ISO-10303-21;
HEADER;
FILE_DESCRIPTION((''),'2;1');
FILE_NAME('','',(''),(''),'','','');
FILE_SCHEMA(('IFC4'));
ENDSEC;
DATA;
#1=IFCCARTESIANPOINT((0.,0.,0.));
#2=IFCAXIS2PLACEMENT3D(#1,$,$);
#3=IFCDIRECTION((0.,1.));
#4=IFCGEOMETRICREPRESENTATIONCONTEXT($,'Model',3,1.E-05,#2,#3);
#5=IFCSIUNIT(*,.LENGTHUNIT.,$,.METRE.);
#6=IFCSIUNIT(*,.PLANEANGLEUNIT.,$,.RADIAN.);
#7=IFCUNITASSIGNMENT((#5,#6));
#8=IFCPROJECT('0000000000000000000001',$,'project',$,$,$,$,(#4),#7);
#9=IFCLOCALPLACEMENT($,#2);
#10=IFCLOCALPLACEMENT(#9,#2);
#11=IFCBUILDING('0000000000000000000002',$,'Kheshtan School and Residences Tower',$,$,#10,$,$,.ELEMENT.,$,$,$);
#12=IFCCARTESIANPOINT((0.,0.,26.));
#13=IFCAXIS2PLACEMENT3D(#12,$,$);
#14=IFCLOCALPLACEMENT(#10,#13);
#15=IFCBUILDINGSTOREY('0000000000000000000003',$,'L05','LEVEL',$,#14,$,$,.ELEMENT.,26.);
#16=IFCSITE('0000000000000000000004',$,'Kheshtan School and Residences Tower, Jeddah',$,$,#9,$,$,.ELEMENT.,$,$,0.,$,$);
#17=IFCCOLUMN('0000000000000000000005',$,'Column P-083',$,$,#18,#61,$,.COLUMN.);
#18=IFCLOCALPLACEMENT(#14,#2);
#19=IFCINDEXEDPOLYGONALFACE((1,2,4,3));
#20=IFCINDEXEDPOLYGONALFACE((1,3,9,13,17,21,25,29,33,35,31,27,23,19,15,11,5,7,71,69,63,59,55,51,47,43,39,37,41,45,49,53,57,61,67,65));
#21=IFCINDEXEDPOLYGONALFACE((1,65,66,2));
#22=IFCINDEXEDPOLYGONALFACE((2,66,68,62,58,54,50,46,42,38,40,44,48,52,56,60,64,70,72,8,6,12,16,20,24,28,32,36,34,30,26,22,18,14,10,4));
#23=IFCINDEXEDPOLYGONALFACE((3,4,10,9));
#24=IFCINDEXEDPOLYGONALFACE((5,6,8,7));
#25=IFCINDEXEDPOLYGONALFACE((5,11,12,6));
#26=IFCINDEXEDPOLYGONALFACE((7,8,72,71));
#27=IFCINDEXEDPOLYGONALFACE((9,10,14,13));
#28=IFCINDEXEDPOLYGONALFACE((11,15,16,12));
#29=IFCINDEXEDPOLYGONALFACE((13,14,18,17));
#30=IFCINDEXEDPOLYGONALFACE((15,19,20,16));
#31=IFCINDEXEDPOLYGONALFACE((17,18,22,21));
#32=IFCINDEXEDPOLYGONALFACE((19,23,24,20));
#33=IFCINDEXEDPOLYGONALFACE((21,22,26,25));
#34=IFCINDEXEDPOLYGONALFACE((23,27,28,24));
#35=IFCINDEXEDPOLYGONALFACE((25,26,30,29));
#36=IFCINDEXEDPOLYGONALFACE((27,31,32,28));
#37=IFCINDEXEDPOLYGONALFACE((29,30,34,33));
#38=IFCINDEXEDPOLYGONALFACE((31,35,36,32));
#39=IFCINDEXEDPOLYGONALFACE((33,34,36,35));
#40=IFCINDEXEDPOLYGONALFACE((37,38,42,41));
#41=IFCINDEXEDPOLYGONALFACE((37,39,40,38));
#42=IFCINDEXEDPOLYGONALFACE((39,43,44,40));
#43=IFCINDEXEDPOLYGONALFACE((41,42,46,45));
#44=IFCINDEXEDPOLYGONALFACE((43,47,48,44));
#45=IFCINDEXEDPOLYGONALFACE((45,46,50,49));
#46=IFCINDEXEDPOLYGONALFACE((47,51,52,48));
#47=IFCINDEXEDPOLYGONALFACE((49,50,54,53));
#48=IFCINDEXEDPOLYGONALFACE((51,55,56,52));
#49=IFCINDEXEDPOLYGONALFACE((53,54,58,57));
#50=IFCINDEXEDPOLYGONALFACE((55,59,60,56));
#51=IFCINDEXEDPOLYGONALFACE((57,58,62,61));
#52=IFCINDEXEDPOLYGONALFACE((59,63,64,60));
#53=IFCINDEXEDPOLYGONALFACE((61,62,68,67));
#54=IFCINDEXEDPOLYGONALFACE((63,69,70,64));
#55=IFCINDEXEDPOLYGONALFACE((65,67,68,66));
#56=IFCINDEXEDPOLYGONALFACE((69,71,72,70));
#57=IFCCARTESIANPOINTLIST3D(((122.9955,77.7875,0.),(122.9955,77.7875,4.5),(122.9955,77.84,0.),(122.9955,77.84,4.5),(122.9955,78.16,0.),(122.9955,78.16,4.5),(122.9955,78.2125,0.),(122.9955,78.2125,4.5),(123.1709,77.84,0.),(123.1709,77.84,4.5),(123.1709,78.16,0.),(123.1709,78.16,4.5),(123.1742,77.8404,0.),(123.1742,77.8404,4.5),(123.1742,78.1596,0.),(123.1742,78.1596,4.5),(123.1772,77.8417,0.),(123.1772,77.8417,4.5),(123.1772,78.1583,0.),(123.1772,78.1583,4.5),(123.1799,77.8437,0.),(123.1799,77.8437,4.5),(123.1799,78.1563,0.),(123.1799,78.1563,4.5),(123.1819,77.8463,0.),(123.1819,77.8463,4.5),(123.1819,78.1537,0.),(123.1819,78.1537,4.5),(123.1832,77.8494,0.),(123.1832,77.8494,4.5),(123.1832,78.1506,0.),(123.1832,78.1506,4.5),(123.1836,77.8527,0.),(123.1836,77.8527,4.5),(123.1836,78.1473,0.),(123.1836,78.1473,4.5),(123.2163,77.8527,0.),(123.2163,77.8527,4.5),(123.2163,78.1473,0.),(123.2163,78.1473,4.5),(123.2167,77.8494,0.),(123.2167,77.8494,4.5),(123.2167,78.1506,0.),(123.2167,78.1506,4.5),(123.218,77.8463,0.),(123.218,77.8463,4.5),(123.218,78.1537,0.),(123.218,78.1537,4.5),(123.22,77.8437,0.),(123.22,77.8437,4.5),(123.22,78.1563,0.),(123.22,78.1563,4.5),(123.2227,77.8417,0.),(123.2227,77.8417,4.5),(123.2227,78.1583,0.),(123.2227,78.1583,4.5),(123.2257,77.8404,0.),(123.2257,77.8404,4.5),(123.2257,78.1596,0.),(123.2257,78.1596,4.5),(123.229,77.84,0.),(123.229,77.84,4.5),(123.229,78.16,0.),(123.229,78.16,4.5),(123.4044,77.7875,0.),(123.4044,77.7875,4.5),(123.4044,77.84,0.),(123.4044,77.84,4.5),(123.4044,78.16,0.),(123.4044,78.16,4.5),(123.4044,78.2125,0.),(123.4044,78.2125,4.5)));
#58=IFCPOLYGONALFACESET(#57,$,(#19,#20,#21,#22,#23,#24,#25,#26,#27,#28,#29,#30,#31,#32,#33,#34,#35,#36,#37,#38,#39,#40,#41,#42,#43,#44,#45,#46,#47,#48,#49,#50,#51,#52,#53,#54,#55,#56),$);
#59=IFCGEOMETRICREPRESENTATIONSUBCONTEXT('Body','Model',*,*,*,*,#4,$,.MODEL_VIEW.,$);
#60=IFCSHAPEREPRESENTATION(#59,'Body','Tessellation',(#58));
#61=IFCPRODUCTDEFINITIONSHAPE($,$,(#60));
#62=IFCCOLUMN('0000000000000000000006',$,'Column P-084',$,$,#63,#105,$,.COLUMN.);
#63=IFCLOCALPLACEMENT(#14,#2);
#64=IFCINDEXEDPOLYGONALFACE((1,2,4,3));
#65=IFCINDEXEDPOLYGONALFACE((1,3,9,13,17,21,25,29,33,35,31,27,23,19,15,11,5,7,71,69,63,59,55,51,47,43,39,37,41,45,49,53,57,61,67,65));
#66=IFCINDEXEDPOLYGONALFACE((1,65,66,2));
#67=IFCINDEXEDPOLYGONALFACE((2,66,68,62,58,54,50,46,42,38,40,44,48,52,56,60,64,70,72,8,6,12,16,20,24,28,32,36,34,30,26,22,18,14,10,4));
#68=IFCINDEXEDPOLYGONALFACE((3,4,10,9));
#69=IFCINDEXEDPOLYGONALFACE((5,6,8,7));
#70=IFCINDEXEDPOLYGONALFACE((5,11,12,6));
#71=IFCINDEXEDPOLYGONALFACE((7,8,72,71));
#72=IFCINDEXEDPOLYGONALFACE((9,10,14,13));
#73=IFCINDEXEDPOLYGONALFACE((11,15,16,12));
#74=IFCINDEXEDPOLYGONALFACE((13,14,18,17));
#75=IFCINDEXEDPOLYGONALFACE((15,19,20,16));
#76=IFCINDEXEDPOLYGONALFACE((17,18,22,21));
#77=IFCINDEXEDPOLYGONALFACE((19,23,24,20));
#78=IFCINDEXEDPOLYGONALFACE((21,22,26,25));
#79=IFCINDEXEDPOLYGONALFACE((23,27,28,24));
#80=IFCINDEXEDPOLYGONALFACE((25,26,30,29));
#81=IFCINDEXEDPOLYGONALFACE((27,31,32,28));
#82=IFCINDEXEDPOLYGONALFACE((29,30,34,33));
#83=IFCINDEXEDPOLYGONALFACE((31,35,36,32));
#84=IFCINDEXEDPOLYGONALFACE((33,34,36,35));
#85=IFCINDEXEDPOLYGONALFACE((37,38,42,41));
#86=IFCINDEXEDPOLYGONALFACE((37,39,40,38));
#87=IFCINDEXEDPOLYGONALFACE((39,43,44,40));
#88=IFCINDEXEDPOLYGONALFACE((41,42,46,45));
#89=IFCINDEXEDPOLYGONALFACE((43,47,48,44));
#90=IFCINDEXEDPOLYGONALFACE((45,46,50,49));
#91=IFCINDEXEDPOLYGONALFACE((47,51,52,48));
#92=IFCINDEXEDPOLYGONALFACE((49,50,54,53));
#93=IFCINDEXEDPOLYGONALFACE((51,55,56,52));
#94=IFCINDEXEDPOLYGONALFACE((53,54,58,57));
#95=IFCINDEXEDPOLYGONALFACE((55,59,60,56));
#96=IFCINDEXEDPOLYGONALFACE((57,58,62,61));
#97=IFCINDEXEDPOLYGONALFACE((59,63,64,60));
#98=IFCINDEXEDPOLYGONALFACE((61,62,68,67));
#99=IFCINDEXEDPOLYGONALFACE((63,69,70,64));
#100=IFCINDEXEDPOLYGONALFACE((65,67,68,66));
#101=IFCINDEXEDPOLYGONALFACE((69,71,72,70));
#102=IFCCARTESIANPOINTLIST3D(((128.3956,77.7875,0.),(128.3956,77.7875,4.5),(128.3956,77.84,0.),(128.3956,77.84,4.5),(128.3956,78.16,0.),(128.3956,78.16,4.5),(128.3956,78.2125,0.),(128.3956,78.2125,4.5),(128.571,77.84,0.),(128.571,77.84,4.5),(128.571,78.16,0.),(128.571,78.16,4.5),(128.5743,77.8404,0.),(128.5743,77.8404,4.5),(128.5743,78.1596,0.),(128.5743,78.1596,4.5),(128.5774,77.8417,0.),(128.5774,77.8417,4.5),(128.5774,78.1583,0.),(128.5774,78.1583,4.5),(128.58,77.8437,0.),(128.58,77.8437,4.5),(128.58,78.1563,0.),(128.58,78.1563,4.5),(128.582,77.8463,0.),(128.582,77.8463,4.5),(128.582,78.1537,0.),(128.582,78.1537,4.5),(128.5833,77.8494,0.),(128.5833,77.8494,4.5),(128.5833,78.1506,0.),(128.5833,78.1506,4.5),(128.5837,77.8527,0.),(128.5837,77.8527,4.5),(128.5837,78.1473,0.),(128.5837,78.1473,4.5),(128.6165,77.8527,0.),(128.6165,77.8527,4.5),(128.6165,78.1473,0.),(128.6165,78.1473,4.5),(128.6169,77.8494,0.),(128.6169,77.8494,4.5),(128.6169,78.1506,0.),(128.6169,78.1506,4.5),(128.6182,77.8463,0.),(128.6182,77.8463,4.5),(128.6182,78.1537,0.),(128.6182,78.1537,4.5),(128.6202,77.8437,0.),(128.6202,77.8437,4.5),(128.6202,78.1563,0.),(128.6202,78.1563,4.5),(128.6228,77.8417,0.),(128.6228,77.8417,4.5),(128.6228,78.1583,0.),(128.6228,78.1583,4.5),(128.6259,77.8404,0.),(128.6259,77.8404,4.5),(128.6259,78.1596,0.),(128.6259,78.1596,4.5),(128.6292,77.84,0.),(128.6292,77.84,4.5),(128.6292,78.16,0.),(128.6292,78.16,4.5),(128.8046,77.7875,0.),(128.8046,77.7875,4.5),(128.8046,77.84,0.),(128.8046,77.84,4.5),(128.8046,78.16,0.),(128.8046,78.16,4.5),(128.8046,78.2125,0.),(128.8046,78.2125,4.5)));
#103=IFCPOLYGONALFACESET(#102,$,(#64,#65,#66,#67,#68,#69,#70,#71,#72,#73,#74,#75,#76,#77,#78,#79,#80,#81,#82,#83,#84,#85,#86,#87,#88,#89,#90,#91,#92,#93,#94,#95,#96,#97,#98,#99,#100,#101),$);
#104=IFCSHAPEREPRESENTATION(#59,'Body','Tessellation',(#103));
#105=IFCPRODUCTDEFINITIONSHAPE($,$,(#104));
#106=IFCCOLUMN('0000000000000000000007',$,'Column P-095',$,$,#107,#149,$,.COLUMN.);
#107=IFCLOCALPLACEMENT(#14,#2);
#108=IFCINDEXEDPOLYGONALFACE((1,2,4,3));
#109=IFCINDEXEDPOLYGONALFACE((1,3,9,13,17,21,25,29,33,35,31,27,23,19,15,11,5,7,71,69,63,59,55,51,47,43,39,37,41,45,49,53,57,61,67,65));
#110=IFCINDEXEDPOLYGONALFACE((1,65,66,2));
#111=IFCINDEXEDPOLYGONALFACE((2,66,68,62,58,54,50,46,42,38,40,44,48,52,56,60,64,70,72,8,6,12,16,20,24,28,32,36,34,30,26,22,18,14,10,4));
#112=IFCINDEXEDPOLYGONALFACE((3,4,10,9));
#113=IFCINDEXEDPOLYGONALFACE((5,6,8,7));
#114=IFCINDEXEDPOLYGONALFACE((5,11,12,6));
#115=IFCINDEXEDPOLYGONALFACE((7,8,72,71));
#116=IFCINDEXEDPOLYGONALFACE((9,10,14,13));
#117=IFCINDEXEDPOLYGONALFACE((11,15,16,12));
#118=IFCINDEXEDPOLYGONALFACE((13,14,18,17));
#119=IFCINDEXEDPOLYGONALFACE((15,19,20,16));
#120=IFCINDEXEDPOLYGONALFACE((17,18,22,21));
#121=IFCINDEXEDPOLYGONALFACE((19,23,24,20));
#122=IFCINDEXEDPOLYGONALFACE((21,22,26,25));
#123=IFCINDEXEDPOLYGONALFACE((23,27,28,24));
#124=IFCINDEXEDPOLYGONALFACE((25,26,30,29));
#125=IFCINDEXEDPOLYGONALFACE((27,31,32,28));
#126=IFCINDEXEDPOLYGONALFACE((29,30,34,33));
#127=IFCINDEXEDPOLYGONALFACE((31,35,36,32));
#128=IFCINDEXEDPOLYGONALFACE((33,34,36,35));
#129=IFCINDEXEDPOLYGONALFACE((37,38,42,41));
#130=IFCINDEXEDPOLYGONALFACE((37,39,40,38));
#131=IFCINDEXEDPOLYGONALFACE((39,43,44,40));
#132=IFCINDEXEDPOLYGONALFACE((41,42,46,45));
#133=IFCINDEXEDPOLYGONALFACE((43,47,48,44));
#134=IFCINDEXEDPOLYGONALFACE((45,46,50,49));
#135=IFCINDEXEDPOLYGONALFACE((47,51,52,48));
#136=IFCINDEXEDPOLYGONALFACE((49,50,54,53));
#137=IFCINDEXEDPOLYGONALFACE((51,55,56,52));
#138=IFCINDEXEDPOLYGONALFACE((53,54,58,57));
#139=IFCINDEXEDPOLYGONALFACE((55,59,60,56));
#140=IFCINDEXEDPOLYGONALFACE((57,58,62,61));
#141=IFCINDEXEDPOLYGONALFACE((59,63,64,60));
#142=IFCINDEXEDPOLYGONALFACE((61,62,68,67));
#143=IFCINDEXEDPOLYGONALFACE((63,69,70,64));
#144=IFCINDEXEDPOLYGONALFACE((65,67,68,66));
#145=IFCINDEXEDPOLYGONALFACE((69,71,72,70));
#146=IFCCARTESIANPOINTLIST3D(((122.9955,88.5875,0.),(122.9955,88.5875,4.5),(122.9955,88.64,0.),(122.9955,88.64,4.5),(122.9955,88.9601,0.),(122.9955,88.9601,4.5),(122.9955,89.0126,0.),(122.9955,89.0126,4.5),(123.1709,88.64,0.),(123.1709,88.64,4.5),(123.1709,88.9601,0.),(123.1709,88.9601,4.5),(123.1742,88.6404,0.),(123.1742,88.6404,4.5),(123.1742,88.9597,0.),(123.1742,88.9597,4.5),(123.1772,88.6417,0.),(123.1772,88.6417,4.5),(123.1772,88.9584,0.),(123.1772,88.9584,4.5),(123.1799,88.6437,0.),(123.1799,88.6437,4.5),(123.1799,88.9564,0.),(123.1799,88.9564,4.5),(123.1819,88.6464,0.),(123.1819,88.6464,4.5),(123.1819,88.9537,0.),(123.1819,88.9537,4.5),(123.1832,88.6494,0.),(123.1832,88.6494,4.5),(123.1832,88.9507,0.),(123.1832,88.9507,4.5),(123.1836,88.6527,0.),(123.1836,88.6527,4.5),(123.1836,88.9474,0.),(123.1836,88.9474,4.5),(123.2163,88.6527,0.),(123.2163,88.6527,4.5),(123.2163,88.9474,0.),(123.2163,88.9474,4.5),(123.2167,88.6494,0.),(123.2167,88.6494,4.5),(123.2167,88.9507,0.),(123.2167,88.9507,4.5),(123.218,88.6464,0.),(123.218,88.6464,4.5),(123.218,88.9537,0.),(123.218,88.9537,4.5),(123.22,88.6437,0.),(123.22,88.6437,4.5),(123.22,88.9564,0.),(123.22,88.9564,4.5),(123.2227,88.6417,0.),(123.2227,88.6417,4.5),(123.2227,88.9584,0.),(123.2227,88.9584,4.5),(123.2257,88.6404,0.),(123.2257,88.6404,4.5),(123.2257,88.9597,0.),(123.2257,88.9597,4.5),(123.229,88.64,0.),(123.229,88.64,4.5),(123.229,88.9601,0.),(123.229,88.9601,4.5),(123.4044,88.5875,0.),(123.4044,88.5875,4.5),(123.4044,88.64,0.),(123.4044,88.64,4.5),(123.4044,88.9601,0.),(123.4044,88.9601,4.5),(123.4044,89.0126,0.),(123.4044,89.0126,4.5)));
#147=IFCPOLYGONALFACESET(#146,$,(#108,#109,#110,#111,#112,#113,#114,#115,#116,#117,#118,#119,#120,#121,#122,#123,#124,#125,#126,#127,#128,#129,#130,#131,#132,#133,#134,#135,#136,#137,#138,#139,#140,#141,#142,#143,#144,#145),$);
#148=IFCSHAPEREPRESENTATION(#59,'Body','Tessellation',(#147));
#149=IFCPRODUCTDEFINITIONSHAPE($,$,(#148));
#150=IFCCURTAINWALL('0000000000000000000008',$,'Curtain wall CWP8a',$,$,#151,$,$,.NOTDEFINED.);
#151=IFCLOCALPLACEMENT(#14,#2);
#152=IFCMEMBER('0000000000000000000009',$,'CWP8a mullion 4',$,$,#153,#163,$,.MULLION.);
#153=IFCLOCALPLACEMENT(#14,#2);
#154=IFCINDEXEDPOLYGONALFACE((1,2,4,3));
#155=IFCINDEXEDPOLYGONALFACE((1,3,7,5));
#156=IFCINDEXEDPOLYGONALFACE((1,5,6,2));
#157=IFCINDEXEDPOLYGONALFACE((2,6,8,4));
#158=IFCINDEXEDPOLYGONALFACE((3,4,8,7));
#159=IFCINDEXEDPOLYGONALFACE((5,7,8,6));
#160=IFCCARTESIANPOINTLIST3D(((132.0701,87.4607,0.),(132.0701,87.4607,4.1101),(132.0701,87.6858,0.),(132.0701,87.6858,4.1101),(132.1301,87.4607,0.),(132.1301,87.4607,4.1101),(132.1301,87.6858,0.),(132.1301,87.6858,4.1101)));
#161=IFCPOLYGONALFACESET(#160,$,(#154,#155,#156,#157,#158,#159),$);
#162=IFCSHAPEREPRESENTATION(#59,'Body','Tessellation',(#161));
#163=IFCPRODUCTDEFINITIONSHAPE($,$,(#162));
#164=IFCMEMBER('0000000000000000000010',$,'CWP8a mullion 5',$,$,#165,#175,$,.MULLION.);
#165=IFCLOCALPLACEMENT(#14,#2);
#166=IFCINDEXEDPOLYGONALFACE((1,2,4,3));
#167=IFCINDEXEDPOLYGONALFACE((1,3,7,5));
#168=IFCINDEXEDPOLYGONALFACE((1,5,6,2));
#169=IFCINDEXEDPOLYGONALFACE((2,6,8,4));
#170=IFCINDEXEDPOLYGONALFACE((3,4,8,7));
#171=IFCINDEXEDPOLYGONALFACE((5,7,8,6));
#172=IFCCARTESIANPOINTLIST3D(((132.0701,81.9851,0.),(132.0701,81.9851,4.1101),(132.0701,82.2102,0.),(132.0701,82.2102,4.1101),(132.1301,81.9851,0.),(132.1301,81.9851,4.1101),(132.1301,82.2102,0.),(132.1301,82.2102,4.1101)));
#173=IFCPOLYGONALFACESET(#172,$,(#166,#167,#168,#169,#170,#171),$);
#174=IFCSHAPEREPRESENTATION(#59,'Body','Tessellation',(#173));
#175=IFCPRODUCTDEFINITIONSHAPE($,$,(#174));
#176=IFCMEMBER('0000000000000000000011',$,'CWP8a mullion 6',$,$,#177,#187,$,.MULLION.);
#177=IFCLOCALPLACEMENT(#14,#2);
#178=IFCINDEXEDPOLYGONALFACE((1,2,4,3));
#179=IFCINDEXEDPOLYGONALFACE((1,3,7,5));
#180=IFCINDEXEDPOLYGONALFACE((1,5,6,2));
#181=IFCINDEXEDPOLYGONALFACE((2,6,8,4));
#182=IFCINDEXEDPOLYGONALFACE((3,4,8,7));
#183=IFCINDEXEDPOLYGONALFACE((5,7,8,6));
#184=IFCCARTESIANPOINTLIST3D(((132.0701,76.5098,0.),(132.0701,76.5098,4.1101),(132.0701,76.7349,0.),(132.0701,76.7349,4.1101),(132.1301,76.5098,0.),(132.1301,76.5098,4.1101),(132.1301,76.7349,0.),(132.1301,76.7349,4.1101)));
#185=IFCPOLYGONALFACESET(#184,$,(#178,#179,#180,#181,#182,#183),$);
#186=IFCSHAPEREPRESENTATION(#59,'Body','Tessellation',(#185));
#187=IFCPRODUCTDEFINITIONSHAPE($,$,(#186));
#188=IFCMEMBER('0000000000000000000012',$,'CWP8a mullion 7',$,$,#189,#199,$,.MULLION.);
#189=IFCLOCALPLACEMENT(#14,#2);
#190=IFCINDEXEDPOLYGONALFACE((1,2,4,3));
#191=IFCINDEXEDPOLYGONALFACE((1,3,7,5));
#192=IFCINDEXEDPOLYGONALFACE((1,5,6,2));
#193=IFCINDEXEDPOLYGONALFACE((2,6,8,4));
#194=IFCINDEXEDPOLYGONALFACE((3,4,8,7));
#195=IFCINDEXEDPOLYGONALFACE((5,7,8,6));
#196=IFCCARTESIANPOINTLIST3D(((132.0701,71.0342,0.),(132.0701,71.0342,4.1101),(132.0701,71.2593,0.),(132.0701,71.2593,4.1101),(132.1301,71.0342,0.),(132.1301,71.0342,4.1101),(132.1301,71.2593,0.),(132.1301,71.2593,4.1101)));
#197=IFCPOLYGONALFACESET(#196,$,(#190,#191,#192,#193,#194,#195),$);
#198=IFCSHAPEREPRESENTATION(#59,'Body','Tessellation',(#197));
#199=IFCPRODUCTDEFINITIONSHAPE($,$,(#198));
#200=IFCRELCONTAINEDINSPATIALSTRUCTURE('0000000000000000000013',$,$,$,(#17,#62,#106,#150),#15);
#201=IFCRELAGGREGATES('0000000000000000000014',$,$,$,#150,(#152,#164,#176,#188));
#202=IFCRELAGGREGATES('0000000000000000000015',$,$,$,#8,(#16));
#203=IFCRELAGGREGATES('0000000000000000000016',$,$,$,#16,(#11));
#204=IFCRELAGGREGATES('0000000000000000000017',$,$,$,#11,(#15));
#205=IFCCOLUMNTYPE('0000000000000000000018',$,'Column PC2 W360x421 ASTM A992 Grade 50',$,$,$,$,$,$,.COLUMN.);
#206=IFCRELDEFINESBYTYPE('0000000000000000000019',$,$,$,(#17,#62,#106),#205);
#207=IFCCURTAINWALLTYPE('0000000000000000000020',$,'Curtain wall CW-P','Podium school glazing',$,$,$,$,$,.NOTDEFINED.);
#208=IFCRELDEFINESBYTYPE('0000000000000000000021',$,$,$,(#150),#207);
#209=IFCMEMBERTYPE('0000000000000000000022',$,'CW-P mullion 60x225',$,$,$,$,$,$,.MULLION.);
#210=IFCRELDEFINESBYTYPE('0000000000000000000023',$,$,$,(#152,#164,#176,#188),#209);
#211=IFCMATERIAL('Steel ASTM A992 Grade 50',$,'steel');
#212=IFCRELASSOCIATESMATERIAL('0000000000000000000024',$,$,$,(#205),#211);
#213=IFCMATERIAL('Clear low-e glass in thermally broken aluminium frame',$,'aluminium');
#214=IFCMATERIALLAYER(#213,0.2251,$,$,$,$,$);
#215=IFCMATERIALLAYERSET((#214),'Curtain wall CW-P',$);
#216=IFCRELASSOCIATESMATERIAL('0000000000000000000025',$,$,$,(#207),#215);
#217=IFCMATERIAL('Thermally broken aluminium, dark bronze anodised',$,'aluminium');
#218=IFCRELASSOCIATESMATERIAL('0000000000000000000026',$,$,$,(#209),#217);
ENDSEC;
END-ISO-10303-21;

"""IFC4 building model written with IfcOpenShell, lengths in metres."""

from ifc_helpers import new_model, si_unit, direction, frame, origin, origin_2d, place, context, subcontext, project, spatial, rectangle, i_section, extrude, material, layer, layer_set, material_profile, profile_set, type_object, element, aggregate, save


model = new_model("IFC4")

# Units and contexts
model_context = context("Model", 3, precision=1e-05, world=origin(), true_north=direction((0.0, 1.0)))
body_context = subcontext(model_context, "Body", "Model", "MODEL_VIEW")
ifc_project = project(units=[si_unit("LENGTHUNIT", "METRE"), si_unit("PLANEANGLEUNIT", "RADIAN")], contexts=[model_context])

# Site, building, storey
site_placement = place(None, origin())
site = spatial("IfcSite", under=ifc_project, at=site_placement, Name="Kheshtan School and Residences Tower, Jeddah", CompositionType="ELEMENT", RefElevation=0.0)
building_placement = place(site_placement, origin())
building = spatial("IfcBuilding", under=site, at=building_placement, Name="Kheshtan School and Residences Tower", CompositionType="ELEMENT")
storey_placement = place(building_placement, frame((0.0, 0.0, 26.0)))
storey = spatial("IfcBuildingStorey", under=building, at=storey_placement, Name="L05", Description="LEVEL", CompositionType="ELEMENT", Elevation=26.0)

# Columns
ifc_material_1 = material(Name="Steel ASTM A992 Grade 50", Category="steel")
ifc_material_profile_1 = material_profile(ifc_material_1, i_section(OverallWidth=0.4089, OverallDepth=0.425, WebThickness=0.0327, FlangeThickness=0.0525, FilletRadius=0.0127, at=origin_2d()), Name="W360x421")
ifc_profile_set_1 = profile_set([ifc_material_profile_1], Name="Steel ASTM A992 Grade 50")
column_type = type_object("IfcColumnType", Name="Column PC2 W360x421 ASTM A992 Grade 50", PredefinedType="COLUMN", material=ifc_profile_set_1)
for number, where, z_axis, x_axis, name in (
    (1, (123.2, 78.0, 0.0), (0.0, 0.0, 1.0), (1.0, 0.0, 0.0), "Column P-083"),
    (2, (128.6001, 78.0, 0.0), (0.0, 0.0, 1.0), (1.0, 0.0, 0.0), "Column P-084"),
    (3, (123.2, 88.8, 0.0), (0.0, 0.0, 1.0), (1.0, 0.0, 0.0), "Column P-095"),
):
    element("IfcColumn", number, at=place(storey_placement, frame(where, z_axis=z_axis, x_axis=x_axis)), inside=storey, type_object=column_type, Name=name, PredefinedType="COLUMN", context=body_context, shape_type="SweptSolid", body=[
        extrude(i_section(OverallWidth=0.4089, OverallDepth=0.425, WebThickness=0.0327, FlangeThickness=0.0525, FilletRadius=0.0127, at=origin_2d()), origin(), (0.0, 0.0, 1.0), 4.5),
    ])

# Curtain wall, members
ifc_material_2 = material(Name="Clear low-e glass in thermally broken aluminium frame", Category="aluminium")
ifc_layer_1 = layer(ifc_material_2, 0.2251)
ifc_layer_set_1 = layer_set([ifc_layer_1], Name="Curtain wall CW-P")
curtain_wall_type = type_object("IfcCurtainWallType", Name="Curtain wall CW-P", Description="Podium school glazing", PredefinedType="NOTDEFINED", material=ifc_layer_set_1)
curtain_wall_placement = place(storey_placement, origin())
curtain_wall = element("IfcCurtainWall", 4, at=curtain_wall_placement, inside=storey, type_object=curtain_wall_type, Name="Curtain wall CWP8a", PredefinedType="NOTDEFINED")
ifc_material_3 = material(Name="Thermally broken aluminium, dark bronze anodised", Category="aluminium")
ifc_material_profile_2 = material_profile(ifc_material_3, rectangle(XDim=0.0601, YDim=0.2251, at=origin_2d()), Name="CW-P mullion 60x225")
ifc_profile_set_2 = profile_set([ifc_material_profile_2], Name="Thermally broken aluminium, dark bronze anodised")
member_type = type_object("IfcMemberType", Name="CW-P mullion 60x225", PredefinedType="MULLION", material=ifc_profile_set_2)
member_1_placement = place(storey_placement, frame((132.1001, 87.5732, 0.0), z_axis=(0.0, 0.0, 1.0), x_axis=(1.0, 0.0, 0.0)))
member_1 = element("IfcMember", 5, at=member_1_placement, type_object=member_type, Name="CWP8a mullion 4", PredefinedType="MULLION", context=body_context, shape_type="SweptSolid", body=[
    extrude(rectangle(XDim=0.0601, YDim=0.2251, at=origin_2d()), origin(), (0.0, 0.0, 1.0), 4.1101),
])
member_2_placement = place(storey_placement, frame((132.1001, 82.0977, 0.0), z_axis=(0.0, 0.0, 1.0), x_axis=(1.0, 0.0, 0.0)))
member_2 = element("IfcMember", 6, at=member_2_placement, type_object=member_type, Name="CWP8a mullion 5", PredefinedType="MULLION", context=body_context, shape_type="SweptSolid", body=[
    extrude(rectangle(XDim=0.0601, YDim=0.2251, at=origin_2d()), origin(), (0.0, 0.0, 1.0), 4.1101),
])
member_3_placement = place(storey_placement, frame((132.1001, 76.6223, 0.0), z_axis=(0.0, 0.0, 1.0), x_axis=(1.0, 0.0, 0.0)))
member_3 = element("IfcMember", 7, at=member_3_placement, type_object=member_type, Name="CWP8a mullion 6", PredefinedType="MULLION", context=body_context, shape_type="SweptSolid", body=[
    extrude(rectangle(XDim=0.0601, YDim=0.2251, at=origin_2d()), origin(), (0.0, 0.0, 1.0), 4.1101),
])
member_4_placement = place(storey_placement, frame((132.1001, 71.1467, 0.0), z_axis=(0.0, 0.0, 1.0), x_axis=(1.0, 0.0, 0.0)))
member_4 = element("IfcMember", 8, at=member_4_placement, type_object=member_type, Name="CWP8a mullion 7", PredefinedType="MULLION", context=body_context, shape_type="SweptSolid", body=[
    extrude(rectangle(XDim=0.0601, YDim=0.2251, at=origin_2d()), origin(), (0.0, 0.0, 1.0), 4.1101),
])
aggregate(curtain_wall, [member_1, member_2, member_3, member_4])

save(model, "model.ifc")
